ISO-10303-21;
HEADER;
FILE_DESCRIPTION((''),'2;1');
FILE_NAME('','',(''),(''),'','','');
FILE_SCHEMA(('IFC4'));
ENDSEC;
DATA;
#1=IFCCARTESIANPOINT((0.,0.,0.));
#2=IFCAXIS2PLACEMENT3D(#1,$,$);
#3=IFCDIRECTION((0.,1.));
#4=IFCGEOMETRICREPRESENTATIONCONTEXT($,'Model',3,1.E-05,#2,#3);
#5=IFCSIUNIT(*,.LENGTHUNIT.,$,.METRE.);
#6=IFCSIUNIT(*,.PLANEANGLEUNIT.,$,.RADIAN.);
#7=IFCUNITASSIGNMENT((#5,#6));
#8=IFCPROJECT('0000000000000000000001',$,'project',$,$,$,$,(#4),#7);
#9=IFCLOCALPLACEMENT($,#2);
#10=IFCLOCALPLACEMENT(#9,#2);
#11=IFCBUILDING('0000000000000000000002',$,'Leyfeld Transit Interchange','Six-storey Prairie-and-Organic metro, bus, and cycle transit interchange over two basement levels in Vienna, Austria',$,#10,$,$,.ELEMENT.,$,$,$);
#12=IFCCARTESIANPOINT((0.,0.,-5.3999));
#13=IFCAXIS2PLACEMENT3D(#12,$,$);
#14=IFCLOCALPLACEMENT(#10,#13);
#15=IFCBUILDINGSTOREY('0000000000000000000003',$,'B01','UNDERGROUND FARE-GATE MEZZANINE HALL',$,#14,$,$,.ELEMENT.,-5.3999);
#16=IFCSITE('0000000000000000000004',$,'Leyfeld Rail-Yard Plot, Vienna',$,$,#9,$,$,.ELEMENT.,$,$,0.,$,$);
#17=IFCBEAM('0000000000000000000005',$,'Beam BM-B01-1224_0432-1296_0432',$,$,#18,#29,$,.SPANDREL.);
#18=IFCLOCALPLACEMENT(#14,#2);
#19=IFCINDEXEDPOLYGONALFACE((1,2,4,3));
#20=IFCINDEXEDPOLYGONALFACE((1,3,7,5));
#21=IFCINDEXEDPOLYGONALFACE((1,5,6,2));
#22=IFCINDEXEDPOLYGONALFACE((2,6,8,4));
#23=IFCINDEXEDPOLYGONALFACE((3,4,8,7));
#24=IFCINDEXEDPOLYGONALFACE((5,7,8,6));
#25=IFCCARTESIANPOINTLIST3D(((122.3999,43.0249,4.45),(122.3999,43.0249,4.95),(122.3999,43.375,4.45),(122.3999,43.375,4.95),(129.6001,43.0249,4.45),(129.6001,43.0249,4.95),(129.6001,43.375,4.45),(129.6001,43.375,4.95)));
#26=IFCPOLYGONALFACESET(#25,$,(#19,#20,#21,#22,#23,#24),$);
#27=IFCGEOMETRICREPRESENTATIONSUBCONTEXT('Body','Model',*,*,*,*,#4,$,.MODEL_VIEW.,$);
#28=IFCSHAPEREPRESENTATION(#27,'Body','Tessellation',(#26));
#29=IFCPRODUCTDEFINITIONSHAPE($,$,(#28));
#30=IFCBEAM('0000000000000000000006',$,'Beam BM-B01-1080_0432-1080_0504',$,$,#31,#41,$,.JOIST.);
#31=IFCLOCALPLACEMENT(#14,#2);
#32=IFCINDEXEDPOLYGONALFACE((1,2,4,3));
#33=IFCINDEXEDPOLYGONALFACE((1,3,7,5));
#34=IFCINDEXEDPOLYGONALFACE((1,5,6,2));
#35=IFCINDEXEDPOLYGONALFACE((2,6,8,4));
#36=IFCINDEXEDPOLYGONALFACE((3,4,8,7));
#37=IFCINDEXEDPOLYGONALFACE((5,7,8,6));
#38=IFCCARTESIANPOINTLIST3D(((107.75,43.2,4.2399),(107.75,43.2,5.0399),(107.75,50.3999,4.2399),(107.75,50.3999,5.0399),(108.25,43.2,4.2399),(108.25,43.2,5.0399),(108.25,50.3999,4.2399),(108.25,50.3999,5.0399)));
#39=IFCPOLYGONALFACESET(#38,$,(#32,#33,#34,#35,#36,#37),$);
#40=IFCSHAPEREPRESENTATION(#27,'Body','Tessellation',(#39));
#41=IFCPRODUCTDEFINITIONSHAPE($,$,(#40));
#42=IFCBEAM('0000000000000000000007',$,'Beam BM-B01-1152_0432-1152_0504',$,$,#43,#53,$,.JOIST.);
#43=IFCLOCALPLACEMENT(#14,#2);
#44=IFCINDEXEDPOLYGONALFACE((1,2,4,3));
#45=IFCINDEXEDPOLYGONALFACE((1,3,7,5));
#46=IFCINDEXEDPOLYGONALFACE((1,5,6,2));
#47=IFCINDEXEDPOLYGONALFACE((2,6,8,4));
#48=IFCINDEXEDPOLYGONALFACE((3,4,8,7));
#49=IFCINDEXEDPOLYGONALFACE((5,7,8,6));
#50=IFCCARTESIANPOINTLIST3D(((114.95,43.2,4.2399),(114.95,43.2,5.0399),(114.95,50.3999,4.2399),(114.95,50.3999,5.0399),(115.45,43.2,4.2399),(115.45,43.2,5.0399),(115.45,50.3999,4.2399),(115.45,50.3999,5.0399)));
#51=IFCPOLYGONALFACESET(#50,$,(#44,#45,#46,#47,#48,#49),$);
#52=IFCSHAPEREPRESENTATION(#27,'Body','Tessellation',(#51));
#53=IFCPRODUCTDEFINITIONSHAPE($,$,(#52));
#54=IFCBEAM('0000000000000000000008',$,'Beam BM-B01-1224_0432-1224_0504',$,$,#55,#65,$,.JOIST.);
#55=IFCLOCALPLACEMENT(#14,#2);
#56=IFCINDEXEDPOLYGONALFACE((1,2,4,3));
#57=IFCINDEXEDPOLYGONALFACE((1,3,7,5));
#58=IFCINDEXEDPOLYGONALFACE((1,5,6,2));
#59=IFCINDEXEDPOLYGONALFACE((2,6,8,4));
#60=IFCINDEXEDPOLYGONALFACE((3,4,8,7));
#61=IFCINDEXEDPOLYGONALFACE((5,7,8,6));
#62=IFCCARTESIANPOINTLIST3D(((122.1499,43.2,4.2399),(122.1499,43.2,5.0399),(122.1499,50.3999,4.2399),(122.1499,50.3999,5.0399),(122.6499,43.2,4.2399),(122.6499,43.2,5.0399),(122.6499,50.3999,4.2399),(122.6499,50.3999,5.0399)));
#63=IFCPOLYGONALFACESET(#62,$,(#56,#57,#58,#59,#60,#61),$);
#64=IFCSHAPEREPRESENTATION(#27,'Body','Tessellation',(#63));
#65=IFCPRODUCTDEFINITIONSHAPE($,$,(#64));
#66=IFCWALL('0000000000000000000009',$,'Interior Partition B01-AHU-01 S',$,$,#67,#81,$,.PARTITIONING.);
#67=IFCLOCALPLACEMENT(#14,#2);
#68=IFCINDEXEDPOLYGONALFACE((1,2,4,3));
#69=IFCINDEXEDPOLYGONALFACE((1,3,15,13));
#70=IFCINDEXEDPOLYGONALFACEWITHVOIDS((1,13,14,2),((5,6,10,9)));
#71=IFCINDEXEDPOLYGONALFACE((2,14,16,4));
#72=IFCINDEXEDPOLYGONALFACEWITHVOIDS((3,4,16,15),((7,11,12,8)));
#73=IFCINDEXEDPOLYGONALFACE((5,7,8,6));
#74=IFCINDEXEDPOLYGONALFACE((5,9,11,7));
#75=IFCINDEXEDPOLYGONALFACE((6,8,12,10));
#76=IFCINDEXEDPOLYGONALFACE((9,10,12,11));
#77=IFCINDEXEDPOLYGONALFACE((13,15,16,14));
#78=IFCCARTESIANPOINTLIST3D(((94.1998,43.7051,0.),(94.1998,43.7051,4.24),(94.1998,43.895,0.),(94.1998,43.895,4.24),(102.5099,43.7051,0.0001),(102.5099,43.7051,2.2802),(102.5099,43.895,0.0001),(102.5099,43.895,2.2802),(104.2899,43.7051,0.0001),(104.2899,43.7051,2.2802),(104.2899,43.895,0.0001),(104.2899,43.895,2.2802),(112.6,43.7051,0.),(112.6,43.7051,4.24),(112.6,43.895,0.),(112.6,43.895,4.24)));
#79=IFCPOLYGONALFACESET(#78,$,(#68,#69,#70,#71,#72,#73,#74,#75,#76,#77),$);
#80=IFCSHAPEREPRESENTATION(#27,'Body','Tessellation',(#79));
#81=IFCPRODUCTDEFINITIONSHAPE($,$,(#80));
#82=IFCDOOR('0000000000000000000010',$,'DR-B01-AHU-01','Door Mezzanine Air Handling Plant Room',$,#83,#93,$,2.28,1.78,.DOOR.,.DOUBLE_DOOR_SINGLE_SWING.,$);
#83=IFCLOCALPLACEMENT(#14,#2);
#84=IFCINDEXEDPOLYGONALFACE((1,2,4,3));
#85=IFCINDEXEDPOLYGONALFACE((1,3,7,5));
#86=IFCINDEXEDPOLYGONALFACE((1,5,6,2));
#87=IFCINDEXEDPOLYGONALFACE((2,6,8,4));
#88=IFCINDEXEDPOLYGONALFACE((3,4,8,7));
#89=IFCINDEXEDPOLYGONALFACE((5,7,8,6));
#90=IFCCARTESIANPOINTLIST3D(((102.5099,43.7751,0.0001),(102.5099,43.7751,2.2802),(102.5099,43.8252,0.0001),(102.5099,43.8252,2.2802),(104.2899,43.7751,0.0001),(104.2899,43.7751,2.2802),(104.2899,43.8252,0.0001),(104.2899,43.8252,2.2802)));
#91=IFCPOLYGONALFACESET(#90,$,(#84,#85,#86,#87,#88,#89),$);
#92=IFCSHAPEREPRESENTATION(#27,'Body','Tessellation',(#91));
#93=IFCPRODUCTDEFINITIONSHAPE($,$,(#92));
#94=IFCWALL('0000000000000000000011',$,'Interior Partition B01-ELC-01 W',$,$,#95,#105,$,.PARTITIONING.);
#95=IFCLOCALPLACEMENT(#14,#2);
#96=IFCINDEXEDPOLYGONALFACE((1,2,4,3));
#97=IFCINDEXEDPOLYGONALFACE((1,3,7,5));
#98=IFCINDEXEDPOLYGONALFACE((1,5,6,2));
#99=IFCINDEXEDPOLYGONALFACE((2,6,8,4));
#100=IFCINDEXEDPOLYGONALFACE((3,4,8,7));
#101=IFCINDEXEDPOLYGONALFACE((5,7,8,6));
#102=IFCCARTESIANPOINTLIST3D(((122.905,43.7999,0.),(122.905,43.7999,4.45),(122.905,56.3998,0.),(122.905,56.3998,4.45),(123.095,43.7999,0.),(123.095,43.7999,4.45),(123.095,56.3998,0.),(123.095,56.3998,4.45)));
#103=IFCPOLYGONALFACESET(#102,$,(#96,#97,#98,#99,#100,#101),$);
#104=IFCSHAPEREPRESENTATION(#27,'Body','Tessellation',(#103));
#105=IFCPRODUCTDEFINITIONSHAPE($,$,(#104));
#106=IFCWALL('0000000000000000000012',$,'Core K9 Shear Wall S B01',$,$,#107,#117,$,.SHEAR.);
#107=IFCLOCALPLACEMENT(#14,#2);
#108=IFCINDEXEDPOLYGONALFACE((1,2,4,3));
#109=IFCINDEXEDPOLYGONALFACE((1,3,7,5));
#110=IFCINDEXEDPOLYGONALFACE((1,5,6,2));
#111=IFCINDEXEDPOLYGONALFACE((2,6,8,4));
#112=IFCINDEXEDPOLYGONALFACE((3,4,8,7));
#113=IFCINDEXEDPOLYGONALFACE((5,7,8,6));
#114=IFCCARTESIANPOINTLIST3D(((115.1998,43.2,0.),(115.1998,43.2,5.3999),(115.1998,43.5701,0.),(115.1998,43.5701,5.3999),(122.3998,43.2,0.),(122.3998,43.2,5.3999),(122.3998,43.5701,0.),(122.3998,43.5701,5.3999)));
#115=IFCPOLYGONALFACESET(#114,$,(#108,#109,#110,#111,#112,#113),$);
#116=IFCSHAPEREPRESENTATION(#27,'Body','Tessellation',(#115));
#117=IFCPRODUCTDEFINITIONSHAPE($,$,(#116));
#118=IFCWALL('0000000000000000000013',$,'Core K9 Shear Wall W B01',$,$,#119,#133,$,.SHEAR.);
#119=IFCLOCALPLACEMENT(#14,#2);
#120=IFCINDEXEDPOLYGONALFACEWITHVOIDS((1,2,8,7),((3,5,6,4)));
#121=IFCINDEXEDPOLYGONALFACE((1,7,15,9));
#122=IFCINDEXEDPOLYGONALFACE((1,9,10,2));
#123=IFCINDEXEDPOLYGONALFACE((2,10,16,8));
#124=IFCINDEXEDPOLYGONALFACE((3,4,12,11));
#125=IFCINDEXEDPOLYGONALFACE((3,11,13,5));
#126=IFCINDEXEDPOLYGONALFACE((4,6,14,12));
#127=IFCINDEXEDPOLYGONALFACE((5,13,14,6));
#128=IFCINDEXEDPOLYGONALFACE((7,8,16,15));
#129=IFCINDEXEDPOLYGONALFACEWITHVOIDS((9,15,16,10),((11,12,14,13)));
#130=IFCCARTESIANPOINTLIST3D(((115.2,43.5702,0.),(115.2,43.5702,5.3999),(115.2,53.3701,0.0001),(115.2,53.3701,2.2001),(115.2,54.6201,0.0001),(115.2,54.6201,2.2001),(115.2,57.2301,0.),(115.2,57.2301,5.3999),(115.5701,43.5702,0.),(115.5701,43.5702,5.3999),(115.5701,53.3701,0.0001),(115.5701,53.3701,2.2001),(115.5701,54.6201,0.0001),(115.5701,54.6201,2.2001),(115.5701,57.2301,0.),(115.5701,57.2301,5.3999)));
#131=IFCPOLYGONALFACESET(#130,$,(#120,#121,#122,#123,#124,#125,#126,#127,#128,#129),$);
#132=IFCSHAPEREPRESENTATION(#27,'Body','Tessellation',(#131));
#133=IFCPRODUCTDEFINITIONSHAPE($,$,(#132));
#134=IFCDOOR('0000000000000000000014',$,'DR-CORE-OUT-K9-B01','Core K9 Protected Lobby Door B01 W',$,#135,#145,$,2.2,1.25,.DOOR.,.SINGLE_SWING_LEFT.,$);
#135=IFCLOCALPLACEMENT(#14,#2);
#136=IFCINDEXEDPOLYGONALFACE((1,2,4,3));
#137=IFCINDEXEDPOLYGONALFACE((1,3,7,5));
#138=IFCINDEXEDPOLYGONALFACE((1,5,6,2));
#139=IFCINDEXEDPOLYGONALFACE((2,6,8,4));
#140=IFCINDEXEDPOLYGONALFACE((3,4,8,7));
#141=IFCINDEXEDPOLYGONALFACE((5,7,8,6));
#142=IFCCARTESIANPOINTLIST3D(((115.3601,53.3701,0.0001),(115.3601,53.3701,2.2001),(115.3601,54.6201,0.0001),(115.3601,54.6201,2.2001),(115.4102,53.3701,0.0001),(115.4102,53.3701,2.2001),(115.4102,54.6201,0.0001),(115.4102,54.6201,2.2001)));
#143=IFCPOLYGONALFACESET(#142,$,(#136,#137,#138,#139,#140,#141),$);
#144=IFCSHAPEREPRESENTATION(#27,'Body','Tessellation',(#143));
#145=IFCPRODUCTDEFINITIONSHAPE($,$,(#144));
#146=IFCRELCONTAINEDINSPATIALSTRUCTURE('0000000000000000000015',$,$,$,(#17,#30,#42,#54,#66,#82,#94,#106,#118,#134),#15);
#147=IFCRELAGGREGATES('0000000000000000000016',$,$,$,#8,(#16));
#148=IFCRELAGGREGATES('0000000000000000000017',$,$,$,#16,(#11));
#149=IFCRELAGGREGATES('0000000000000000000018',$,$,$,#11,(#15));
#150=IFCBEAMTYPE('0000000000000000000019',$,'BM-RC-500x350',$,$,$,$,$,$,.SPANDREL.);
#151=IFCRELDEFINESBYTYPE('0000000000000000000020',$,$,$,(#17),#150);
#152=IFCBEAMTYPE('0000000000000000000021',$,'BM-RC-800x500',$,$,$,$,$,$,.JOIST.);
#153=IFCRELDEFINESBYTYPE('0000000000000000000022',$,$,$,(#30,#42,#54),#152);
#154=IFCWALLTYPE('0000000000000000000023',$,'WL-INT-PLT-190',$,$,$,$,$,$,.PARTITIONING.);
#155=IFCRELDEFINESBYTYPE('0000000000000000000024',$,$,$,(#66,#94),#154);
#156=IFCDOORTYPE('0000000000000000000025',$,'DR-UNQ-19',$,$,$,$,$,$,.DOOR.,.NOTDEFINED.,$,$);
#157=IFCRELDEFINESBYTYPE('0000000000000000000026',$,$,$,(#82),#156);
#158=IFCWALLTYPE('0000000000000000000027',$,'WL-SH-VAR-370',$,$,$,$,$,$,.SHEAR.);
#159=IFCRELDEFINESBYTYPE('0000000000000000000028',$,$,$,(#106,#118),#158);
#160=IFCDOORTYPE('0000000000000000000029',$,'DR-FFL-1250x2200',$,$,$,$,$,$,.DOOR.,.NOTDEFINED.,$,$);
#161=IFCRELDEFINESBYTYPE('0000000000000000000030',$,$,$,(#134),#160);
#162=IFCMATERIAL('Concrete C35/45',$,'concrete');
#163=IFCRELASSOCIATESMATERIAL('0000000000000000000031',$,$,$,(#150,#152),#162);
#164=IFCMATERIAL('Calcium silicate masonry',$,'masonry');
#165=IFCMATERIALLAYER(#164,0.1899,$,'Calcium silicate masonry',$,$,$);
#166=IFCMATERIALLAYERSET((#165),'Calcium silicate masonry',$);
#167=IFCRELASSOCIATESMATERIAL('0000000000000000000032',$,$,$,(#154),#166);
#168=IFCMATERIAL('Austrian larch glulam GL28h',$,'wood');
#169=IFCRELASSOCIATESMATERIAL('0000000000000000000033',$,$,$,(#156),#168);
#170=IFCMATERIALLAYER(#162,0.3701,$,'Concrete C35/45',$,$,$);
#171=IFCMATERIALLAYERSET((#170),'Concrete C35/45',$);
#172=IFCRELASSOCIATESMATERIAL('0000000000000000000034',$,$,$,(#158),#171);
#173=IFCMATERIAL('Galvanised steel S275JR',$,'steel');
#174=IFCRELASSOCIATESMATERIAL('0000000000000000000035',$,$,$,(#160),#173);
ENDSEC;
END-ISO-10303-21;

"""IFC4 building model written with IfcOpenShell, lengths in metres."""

from ifc_helpers import new_model, si_unit, direction, frame, frame_2d, origin, origin_2d, place, context, subcontext, project, spatial, rectangle, extrude, material, layer, layer_set, material_profile, profile_set, type_object, element, fill, save


model = new_model("IFC4")

# Units and contexts
model_context = context("Model", 3, precision=1e-05, world=origin(), true_north=direction((0.0, 1.0)))
body_context = subcontext(model_context, "Body", "Model", "MODEL_VIEW")
ifc_project = project(units=[si_unit("LENGTHUNIT", "METRE"), si_unit("PLANEANGLEUNIT", "RADIAN")], contexts=[model_context])

# Site, building, storey
site_placement = place(None, origin())
site = spatial("IfcSite", under=ifc_project, at=site_placement, Name="Leyfeld Rail-Yard Plot, Vienna", CompositionType="ELEMENT", RefElevation=0.0)
building_placement = place(site_placement, origin())
building = spatial("IfcBuilding", under=site, at=building_placement, Name="Leyfeld Transit Interchange", Description="Six-storey Prairie-and-Organic metro, bus, and cycle transit interchange over two basement levels in Vienna, Austria", CompositionType="ELEMENT")
storey_placement = place(building_placement, frame((0.0, 0.0, -5.3999)))
storey = spatial("IfcBuildingStorey", under=building, at=storey_placement, Name="B01", Description="UNDERGROUND FARE-GATE MEZZANINE HALL", CompositionType="ELEMENT", Elevation=-5.3999)

# Shared definitions
ifc_material_1 = material(Name="Concrete C35/45", Category="concrete")

# Beams
ifc_material_profile_1 = material_profile(ifc_material_1, rectangle(XDim=0.3501, YDim=0.5, at=origin_2d()), Name="RC 500x350")
ifc_profile_set_1 = profile_set([ifc_material_profile_1], Name="Concrete C35/45")
beam_type_1 = type_object("IfcBeamType", Name="BM-RC-500x350", PredefinedType="SPANDREL", material=ifc_profile_set_1)
beam_1_placement = place(storey_placement, frame((122.3999, 43.2, 4.7), z_axis=(1.0, 0.0, 0.0), x_axis=(0.0, 1.0, 0.0)))
element("IfcBeam", 1, at=beam_1_placement, inside=storey, type_object=beam_type_1, Name="Beam BM-B01-1224_0432-1296_0432", PredefinedType="SPANDREL", context=body_context, shape_type="SweptSolid", body=[
    extrude(rectangle(XDim=0.3501, YDim=0.5, at=origin_2d()), origin(), (0.0, 0.0, 1.0), 7.2002),
])
ifc_material_profile_2 = material_profile(ifc_material_1, rectangle(XDim=0.5, YDim=0.8, at=origin_2d()), Name="RC 800x500")
ifc_profile_set_2 = profile_set([ifc_material_profile_2], Name="Concrete C35/45")
beam_type_2 = type_object("IfcBeamType", Name="BM-RC-800x500", PredefinedType="JOIST", material=ifc_profile_set_2)
for number, where, z_axis, x_axis, name in (
    (2, (108.0, 43.2, 4.6399), (0.0, 1.0, 0.0), (-1.0, 0.0, 0.0), "Beam BM-B01-1080_0432-1080_0504"),
    (3, (115.2, 43.2, 4.6399), (0.0, 1.0, 0.0), (-1.0, 0.0, 0.0), "Beam BM-B01-1152_0432-1152_0504"),
    (4, (122.3999, 43.2, 4.6399), (0.0, 1.0, 0.0), (-1.0, 0.0, 0.0), "Beam BM-B01-1224_0432-1224_0504"),
):
    element("IfcBeam", number, at=place(storey_placement, frame(where, z_axis=z_axis, x_axis=x_axis)), inside=storey, type_object=beam_type_2, Name=name, PredefinedType="JOIST", context=body_context, shape_type="SweptSolid", body=[
        extrude(rectangle(XDim=0.5, YDim=0.8, at=origin_2d()), origin(), (0.0, 0.0, 1.0), 7.2),
    ])

# Wall, opening, door
ifc_material_2 = material(Name="Calcium silicate masonry", Category="masonry")
ifc_layer_1 = layer(ifc_material_2, 0.1899, Name="Calcium silicate masonry")
ifc_layer_set_1 = layer_set([ifc_layer_1], Name="Calcium silicate masonry")
wall_type_1 = type_object("IfcWallType", Name="WL-INT-PLT-190", PredefinedType="PARTITIONING", material=ifc_layer_set_1)
wall_1_placement = place(storey_placement, frame((112.6001, 43.8, 0.0), z_axis=(0.0, 0.0, 1.0), x_axis=(-1.0, 0.0, 0.0)))
wall_1 = element("IfcWall", 5, at=wall_1_placement, inside=storey, type_object=wall_type_1, Name="Interior Partition B01-AHU-01 S", PredefinedType="PARTITIONING", context=body_context, shape_type="SweptSolid", body=[
    extrude(rectangle(XDim=18.4001, YDim=0.1899, at=frame_2d((9.2002, 0.0))), origin(), (0.0, 0.0, 1.0), 4.24),
])
opening_1_placement = place(wall_1_placement, frame((8.3101, 0.0, 0.0)))
opening_1 = element("IfcOpeningElement", 6, at=opening_1_placement, cuts=wall_1, PredefinedType="OPENING", context=body_context, shape_type="SweptSolid", body=[
    extrude(rectangle(XDim=1.78, YDim=2.28, at=frame_2d((0.8901, 1.1401))), frame((0.0, 0.105, 0.0), z_axis=(0.0, -1.0, 0.0), x_axis=(1.0, 0.0, 0.0)), (0.0, 0.0, 1.0), 0.21),
])
ifc_material_3 = material(Name="Austrian larch glulam GL28h", Category="wood")
door_type_1 = type_object("IfcDoorType", Name="DR-UNQ-19", OperationType="NOTDEFINED", PredefinedType="DOOR", material=ifc_material_3)
door_1_placement = place(opening_1_placement, origin())
door_1 = element("IfcDoor", 7, at=door_1_placement, inside=storey, type_object=door_type_1, Name="DR-B01-AHU-01", Description="Door Mezzanine Air Handling Plant Room", OperationType="DOUBLE_DOOR_SINGLE_SWING", OverallHeight=2.28, OverallWidth=1.78, PredefinedType="DOOR", context=body_context, shape_type="SweptSolid", body=[
    extrude(rectangle(XDim=1.78, YDim=2.28, at=frame_2d((0.8901, 1.1401))), frame((0.0, 0.0249, 0.0), z_axis=(0.0, -1.0, 0.0), x_axis=(1.0, 0.0, 0.0)), (0.0, 0.0, 1.0), 0.05),
])
fill(opening_1, door_1)

# Walls
wall_2_placement = place(storey_placement, frame((123.0, 43.8, 0.0), z_axis=(0.0, 0.0, 1.0), x_axis=(0.0, 1.0, 0.0)))
element("IfcWall", 8, at=wall_2_placement, inside=storey, type_object=wall_type_1, Name="Interior Partition B01-ELC-01 W", PredefinedType="PARTITIONING", context=body_context, shape_type="SweptSolid", body=[
    extrude(rectangle(XDim=12.5999, YDim=0.1899, at=frame_2d((6.2998, 0.0))), origin(), (0.0, 0.0, 1.0), 4.45),
])
ifc_layer_2 = layer(ifc_material_1, 0.3701, Name="Concrete C35/45")
ifc_layer_set_2 = layer_set([ifc_layer_2], Name="Concrete C35/45")
wall_type_2 = type_object("IfcWallType", Name="WL-SH-VAR-370", PredefinedType="SHEAR", material=ifc_layer_set_2)
wall_3_placement = place(storey_placement, frame((122.3999, 43.385, 0.0), z_axis=(0.0, 0.0, 1.0), x_axis=(-1.0, 0.0, 0.0)))
element("IfcWall", 9, at=wall_3_placement, inside=storey, type_object=wall_type_2, Name="Core K9 Shear Wall S B01", PredefinedType="SHEAR", context=body_context, shape_type="SweptSolid", body=[
    extrude(rectangle(XDim=7.2, YDim=0.3701, at=frame_2d((3.6001, 0.0))), origin(), (0.0, 0.0, 1.0), 5.3999),
])

# Wall, opening, door
wall_4_placement = place(storey_placement, frame((115.385, 43.5701, 0.0), z_axis=(0.0, 0.0, 1.0), x_axis=(0.0, 1.0, 0.0)))
wall_4 = element("IfcWall", 10, at=wall_4_placement, inside=storey, type_object=wall_type_2, Name="Core K9 Shear Wall W B01", PredefinedType="SHEAR", context=body_context, shape_type="SweptSolid", body=[
    extrude(rectangle(XDim=13.6599, YDim=0.3701, at=frame_2d((6.8301, 0.0))), origin(), (0.0, 0.0, 1.0), 5.3999),
])
opening_2_placement = place(wall_4_placement, frame((9.8, 0.0, 0.0)))
opening_2 = element("IfcOpeningElement", 11, at=opening_2_placement, cuts=wall_4, PredefinedType="OPENING", context=body_context, shape_type="SweptSolid", body=[
    extrude(rectangle(XDim=1.25, YDim=2.2, at=frame_2d((0.625, 1.1001))), frame((0.0, 0.1951, 0.0), z_axis=(0.0, -1.0, 0.0), x_axis=(1.0, 0.0, 0.0)), (0.0, 0.0, 1.0), 0.3901),
])
ifc_material_4 = material(Name="Galvanised steel S275JR", Category="steel")
door_type_2 = type_object("IfcDoorType", Name="DR-FFL-1250x2200", OperationType="NOTDEFINED", PredefinedType="DOOR", material=ifc_material_4)
door_2_placement = place(opening_2_placement, origin())
door_2 = element("IfcDoor", 12, at=door_2_placement, inside=storey, type_object=door_type_2, Name="DR-CORE-OUT-K9-B01", Description="Core K9 Protected Lobby Door B01 W", OperationType="SINGLE_SWING_LEFT", OverallHeight=2.2, OverallWidth=1.25, PredefinedType="DOOR", context=body_context, shape_type="SweptSolid", body=[
    extrude(rectangle(XDim=1.25, YDim=2.2, at=frame_2d((0.625, 1.1001))), frame((0.0, 0.0249, 0.0), z_axis=(0.0, -1.0, 0.0), x_axis=(1.0, 0.0, 0.0)), (0.0, 0.0, 1.0), 0.05),
])
fill(opening_2, door_2)

save(model, "model.ifc")
